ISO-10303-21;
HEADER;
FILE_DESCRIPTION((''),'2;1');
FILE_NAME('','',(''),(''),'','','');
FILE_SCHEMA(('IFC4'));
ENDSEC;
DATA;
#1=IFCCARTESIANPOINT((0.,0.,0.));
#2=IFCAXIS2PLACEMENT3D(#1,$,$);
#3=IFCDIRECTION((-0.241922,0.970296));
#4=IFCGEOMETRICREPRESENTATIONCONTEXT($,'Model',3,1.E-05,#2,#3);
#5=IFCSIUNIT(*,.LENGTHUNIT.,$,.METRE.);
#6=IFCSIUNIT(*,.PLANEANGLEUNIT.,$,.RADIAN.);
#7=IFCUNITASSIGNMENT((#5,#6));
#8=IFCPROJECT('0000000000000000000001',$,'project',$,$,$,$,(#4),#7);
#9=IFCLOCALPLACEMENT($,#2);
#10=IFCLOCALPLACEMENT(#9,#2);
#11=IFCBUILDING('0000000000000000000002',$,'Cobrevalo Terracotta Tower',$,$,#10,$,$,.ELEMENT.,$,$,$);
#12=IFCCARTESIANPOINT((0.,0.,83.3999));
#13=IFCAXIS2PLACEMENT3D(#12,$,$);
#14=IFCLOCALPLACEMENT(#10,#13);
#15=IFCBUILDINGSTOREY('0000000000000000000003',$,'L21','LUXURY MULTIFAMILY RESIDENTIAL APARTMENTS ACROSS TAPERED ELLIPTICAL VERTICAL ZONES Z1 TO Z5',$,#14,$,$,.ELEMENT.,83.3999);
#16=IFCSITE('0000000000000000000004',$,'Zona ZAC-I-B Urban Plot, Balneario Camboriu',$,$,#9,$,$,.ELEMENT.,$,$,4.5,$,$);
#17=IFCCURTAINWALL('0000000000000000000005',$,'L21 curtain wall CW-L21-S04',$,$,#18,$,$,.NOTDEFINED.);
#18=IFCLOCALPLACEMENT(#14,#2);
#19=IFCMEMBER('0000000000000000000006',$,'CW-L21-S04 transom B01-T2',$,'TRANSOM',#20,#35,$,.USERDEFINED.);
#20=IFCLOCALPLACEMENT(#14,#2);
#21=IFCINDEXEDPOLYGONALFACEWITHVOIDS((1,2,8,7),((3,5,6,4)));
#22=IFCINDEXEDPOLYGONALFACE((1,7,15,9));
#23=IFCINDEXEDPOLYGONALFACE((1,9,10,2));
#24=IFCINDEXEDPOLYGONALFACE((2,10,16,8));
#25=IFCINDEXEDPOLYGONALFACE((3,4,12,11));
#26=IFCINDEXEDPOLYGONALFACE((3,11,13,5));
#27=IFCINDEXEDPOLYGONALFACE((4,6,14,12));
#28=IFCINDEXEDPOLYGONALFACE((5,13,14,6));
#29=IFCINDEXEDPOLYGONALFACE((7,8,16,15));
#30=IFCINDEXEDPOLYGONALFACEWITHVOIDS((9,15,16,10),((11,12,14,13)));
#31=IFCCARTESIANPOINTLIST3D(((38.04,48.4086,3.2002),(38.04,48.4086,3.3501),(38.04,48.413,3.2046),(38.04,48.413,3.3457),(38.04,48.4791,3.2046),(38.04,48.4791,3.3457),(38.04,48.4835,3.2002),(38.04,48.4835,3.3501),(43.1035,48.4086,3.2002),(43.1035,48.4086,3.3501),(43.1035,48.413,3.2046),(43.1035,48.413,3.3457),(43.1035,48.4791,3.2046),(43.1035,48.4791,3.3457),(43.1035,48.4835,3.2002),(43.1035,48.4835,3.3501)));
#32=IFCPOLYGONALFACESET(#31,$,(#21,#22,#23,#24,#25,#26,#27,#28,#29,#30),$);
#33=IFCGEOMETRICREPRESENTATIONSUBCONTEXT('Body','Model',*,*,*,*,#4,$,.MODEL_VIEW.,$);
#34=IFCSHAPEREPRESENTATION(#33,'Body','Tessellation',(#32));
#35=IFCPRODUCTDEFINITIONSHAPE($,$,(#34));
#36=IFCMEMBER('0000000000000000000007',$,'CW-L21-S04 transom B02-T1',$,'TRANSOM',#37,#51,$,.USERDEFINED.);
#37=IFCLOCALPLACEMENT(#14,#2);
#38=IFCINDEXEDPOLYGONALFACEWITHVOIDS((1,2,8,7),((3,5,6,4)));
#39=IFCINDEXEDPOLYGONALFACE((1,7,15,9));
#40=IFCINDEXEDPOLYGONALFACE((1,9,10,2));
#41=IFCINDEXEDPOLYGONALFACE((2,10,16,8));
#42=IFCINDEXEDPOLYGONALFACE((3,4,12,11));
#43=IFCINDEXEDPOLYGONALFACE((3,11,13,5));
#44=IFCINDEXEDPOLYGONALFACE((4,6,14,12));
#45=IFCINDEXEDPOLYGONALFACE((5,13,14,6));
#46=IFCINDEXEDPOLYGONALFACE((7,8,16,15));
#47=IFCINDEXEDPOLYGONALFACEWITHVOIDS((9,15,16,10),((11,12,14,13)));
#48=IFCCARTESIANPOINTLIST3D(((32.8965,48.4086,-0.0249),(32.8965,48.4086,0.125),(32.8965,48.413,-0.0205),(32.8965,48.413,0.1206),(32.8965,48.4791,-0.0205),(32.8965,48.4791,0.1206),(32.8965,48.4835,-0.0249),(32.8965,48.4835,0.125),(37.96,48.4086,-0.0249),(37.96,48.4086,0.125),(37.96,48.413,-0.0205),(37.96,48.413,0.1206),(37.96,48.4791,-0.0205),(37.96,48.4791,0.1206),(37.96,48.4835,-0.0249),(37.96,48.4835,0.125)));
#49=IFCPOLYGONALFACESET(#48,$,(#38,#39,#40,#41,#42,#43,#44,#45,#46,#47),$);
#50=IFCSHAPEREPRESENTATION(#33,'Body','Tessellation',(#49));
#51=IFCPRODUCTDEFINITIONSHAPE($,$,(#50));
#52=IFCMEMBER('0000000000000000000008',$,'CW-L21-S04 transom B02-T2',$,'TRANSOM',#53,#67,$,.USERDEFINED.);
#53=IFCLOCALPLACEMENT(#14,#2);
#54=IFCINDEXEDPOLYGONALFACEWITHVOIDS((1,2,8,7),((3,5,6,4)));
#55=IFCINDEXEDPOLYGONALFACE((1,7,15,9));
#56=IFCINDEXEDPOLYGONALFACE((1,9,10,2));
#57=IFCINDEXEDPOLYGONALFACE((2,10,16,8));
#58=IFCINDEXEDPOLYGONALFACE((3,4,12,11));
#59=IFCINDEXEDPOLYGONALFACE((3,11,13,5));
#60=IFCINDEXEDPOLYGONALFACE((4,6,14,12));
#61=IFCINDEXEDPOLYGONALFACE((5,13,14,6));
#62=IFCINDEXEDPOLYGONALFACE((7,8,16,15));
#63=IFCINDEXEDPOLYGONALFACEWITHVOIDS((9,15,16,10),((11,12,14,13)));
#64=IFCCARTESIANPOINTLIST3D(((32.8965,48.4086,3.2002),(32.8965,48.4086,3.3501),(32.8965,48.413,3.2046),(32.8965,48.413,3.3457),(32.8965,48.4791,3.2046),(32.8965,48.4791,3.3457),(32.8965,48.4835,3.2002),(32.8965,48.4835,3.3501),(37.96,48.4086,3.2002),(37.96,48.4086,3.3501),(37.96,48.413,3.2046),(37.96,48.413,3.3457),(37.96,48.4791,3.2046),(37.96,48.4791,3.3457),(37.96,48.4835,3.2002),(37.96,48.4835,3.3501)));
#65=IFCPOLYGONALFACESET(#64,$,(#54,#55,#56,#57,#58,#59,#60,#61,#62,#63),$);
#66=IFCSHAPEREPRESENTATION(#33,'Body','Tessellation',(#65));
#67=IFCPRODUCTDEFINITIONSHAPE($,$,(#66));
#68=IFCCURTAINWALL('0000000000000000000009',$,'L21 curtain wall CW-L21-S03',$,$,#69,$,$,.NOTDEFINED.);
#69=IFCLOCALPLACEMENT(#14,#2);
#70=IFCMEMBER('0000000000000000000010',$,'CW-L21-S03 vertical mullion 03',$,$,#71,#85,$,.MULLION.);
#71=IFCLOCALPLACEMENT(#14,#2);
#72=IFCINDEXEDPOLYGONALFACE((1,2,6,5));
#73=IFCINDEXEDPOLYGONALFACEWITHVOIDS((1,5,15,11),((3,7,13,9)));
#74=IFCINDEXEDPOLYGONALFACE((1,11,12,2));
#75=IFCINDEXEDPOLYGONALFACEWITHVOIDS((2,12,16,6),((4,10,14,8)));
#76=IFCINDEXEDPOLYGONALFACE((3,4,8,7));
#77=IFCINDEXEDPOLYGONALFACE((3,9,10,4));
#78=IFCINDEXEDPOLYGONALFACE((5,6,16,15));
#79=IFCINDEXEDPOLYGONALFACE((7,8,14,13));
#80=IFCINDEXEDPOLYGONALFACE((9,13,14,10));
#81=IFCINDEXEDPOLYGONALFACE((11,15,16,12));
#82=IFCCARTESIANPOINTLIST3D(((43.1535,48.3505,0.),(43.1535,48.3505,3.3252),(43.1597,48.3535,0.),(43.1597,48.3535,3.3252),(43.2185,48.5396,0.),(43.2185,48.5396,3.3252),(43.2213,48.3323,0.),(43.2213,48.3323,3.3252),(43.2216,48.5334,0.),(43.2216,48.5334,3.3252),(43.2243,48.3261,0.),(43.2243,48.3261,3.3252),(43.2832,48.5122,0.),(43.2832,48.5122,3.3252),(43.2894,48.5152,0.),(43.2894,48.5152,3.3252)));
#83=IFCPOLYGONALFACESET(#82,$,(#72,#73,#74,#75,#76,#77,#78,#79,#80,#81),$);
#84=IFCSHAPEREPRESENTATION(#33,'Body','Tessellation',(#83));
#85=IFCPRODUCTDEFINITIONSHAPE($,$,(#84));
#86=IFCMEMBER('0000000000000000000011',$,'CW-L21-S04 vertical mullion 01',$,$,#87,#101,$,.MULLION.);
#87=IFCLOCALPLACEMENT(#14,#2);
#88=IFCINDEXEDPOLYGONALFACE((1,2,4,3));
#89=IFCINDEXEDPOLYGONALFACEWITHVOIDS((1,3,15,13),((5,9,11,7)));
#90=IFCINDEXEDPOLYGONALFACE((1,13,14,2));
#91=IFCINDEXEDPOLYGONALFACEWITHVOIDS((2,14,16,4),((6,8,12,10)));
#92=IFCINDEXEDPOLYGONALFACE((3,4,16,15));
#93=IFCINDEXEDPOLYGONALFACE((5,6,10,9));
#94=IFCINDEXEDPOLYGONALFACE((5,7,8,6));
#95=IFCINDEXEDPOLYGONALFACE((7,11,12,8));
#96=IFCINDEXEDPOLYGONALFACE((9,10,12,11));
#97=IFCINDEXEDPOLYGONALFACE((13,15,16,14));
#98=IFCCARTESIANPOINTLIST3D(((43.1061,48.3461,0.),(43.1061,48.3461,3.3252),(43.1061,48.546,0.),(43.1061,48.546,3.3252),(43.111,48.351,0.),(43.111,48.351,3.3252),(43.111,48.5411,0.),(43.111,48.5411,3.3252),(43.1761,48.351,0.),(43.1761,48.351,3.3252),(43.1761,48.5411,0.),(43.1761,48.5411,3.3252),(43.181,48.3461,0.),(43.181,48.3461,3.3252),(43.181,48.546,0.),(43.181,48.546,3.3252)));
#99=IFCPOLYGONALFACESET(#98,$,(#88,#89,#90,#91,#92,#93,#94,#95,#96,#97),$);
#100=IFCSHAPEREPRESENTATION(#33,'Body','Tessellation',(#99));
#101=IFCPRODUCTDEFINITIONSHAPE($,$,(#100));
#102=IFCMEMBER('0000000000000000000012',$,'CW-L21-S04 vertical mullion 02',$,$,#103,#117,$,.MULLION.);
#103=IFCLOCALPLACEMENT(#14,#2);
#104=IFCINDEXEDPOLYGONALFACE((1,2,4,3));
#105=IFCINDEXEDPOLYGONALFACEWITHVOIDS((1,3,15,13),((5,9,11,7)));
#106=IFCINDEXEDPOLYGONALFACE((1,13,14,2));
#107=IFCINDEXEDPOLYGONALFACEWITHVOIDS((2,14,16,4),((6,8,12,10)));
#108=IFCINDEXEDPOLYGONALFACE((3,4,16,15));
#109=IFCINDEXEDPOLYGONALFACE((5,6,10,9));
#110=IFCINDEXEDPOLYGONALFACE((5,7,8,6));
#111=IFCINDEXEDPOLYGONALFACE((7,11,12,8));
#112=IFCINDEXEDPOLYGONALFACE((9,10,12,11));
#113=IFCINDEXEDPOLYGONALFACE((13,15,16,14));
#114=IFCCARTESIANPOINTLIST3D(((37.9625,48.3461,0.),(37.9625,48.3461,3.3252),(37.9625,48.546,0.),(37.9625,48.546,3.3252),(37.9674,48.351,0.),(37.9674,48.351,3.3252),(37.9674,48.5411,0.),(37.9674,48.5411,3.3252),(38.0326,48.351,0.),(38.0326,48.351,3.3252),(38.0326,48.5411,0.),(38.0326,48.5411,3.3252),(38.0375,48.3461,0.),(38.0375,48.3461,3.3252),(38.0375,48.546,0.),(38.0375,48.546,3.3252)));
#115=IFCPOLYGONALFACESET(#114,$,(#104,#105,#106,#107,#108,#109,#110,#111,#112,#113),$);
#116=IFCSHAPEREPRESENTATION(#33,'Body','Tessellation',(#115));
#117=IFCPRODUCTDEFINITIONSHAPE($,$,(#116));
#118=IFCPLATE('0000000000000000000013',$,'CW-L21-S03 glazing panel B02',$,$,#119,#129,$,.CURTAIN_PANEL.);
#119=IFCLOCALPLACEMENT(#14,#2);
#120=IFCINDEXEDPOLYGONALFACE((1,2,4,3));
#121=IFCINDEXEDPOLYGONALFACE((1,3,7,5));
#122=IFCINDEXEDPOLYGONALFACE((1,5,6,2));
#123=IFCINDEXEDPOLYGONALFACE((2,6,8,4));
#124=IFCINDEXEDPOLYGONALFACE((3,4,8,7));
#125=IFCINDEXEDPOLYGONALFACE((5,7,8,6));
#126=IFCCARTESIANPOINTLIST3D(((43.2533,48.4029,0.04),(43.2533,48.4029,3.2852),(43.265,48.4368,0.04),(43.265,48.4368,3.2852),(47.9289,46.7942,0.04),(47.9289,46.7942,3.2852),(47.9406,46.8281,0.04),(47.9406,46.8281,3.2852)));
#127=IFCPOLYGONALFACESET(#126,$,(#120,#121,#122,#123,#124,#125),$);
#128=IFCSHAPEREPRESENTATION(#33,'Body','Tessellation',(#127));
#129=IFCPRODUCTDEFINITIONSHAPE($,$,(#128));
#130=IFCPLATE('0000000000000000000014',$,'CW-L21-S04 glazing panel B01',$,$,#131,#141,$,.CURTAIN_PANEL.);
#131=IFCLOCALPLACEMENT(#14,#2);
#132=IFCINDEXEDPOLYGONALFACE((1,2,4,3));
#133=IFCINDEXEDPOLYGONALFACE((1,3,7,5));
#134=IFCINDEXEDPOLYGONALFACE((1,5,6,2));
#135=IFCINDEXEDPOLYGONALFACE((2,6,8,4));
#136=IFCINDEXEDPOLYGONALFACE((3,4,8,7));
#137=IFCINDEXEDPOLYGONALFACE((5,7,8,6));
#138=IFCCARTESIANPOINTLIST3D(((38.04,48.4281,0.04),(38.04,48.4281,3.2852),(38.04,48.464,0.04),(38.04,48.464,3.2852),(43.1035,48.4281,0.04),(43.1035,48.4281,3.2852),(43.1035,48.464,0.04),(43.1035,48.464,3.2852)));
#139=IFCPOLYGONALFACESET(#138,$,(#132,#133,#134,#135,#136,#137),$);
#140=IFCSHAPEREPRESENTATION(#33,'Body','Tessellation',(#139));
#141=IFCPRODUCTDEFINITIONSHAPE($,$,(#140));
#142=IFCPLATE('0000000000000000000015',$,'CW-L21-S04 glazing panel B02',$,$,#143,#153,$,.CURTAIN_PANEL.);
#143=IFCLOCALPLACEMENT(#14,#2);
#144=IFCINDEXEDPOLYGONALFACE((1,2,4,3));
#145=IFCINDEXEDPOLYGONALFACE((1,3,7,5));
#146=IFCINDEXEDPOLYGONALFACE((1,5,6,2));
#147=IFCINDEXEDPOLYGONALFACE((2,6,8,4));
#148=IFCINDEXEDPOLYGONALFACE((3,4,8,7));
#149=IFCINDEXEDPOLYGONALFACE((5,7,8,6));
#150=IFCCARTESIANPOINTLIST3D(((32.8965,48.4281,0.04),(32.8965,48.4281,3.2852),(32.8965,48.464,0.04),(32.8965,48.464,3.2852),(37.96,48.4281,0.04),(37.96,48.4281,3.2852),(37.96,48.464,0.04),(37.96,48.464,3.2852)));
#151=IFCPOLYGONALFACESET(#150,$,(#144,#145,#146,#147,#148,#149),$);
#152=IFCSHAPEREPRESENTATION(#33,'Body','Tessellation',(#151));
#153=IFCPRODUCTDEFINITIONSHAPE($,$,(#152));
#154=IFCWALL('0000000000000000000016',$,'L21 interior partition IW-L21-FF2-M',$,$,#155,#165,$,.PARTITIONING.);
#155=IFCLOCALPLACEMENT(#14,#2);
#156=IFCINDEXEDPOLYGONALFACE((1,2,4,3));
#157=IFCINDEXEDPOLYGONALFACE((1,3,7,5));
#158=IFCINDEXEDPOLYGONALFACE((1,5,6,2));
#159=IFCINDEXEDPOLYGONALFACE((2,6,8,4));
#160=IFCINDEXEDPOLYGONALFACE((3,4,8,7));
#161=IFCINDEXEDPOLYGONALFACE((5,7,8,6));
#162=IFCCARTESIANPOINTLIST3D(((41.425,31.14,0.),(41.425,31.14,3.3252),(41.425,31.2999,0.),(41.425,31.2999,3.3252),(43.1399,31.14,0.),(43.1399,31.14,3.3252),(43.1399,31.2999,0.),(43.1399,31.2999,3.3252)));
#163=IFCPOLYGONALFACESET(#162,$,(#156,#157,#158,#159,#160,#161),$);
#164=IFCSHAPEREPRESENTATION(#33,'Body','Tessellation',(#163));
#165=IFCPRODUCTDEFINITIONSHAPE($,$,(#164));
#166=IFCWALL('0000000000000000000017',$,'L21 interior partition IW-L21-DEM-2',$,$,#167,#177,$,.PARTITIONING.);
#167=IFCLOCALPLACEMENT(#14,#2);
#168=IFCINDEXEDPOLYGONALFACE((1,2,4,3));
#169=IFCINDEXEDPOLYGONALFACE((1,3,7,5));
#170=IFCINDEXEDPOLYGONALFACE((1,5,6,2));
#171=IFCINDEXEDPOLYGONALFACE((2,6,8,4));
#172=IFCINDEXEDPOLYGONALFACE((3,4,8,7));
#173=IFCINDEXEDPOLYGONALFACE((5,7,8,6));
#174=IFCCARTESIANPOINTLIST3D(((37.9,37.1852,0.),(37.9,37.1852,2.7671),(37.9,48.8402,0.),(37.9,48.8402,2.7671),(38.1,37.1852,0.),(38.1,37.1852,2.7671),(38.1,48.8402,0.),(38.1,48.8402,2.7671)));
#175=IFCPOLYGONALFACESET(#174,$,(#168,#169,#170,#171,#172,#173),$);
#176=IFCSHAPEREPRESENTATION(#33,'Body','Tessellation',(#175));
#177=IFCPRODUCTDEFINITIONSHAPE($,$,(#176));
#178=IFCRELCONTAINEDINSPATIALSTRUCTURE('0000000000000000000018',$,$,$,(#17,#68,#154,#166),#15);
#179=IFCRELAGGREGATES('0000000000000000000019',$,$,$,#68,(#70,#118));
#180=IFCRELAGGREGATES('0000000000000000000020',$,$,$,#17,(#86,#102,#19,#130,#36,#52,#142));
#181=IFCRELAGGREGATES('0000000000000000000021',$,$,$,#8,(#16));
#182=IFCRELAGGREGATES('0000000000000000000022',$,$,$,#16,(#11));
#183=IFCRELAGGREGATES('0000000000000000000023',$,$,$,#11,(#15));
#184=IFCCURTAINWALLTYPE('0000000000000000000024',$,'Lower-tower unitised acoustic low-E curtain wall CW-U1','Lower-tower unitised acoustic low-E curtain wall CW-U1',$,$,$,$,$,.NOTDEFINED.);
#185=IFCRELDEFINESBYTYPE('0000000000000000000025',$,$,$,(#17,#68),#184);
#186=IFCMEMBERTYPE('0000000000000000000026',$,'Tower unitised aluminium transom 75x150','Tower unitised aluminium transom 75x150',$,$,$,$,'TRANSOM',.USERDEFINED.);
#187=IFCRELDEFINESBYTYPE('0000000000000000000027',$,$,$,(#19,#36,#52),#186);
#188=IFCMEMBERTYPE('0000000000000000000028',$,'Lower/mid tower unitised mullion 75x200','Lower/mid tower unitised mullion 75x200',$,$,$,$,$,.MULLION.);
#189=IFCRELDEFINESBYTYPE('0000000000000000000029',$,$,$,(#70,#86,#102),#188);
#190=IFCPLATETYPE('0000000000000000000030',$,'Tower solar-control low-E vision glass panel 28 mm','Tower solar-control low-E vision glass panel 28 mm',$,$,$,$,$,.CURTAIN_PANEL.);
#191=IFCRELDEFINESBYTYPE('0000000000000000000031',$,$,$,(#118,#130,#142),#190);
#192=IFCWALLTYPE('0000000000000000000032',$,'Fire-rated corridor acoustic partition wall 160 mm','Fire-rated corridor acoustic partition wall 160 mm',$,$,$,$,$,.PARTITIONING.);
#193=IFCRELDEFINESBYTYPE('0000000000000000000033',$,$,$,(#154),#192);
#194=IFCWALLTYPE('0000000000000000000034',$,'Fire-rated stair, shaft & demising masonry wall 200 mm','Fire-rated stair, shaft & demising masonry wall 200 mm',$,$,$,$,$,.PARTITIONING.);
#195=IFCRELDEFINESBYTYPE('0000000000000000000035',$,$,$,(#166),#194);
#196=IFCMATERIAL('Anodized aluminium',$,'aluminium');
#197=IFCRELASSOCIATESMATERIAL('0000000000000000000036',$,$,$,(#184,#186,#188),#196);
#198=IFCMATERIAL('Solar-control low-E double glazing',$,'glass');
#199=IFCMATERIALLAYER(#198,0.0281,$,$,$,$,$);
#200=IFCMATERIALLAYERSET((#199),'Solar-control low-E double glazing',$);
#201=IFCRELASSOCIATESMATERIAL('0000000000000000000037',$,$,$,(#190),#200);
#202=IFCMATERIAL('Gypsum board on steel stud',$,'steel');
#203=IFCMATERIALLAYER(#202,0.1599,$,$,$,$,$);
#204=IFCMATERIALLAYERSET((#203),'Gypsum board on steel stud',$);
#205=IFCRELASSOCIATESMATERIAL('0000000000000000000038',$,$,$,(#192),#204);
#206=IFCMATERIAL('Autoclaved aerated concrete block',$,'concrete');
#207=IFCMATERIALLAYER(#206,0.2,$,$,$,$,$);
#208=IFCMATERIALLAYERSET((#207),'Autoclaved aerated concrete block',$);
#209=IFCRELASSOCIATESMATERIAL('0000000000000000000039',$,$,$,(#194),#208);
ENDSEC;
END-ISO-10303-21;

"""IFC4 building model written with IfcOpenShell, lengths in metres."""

from ifc_helpers import new_model, si_unit, direction, frame, frame_2d, origin, origin_2d, place, context, subcontext, project, spatial, rectangle, hollow_rectangle, extrude, source, transform, mapped, material, layer, layer_set, material_profile, profile_set, type_object, element, aggregate, save


model = new_model("IFC4")

# Units and contexts
model_context = context("Model", 3, precision=1e-05, world=origin(), true_north=direction((-0.241922, 0.970296)))
body_context = subcontext(model_context, "Body", "Model", "MODEL_VIEW")
ifc_project = project(units=[si_unit("LENGTHUNIT", "METRE"), si_unit("PLANEANGLEUNIT", "RADIAN")], contexts=[model_context])

# Site, building, storey
site_placement = place(None, origin())
site = spatial("IfcSite", under=ifc_project, at=site_placement, Name="Zona ZAC-I-B Urban Plot, Balneario Camboriu", CompositionType="ELEMENT", RefElevation=4.5)
building_placement = place(site_placement, origin())
building = spatial("IfcBuilding", under=site, at=building_placement, Name="Cobrevalo Terracotta Tower", CompositionType="ELEMENT")
storey_placement = place(building_placement, frame((0.0, 0.0, 83.3999)))
storey = spatial("IfcBuildingStorey", under=building, at=storey_placement, Name="L21", Description="LUXURY MULTIFAMILY RESIDENTIAL APARTMENTS ACROSS TAPERED ELLIPTICAL VERTICAL ZONES Z1 TO Z5", CompositionType="ELEMENT", Elevation=83.3999)

# Curtain wall, members
ifc_material_1 = material(Name="Anodized aluminium", Category="aluminium")
curtain_wall_type = type_object("IfcCurtainWallType", Name="Lower-tower unitised acoustic low-E curtain wall CW-U1", Description="Lower-tower unitised acoustic low-E curtain wall CW-U1", PredefinedType="NOTDEFINED", material=ifc_material_1)
curtain_wall_1_placement = place(storey_placement, origin())
curtain_wall_1 = element("IfcCurtainWall", 1, at=curtain_wall_1_placement, inside=storey, type_object=curtain_wall_type, Name="L21 curtain wall CW-L21-S04", PredefinedType="NOTDEFINED")
ifc_material_profile_1 = material_profile(ifc_material_1, hollow_rectangle(XDim=0.075, YDim=0.1499, WallThickness=0.0044, at=origin_2d()), Name="CWT 75x150")
ifc_profile_set_1 = profile_set([ifc_material_profile_1], Name="Anodized aluminium")
member_type_1 = type_object("IfcMemberType", Name="Tower unitised aluminium transom 75x150", Description="Tower unitised aluminium transom 75x150", ElementType="TRANSOM", PredefinedType="USERDEFINED", material=ifc_profile_set_1)
shared_shape_1 = source(origin(), body_context, "Body", "SweptSolid", [
    extrude(hollow_rectangle(XDim=0.075, YDim=0.1499, WallThickness=0.0044, at=origin_2d()), origin(), (0.0, 0.0, 1.0), 5.0635),
])
member_1_placement = place(storey_placement, frame((43.1035, 48.446, 3.2751), z_axis=(-1.0, 0.0, 0.0), x_axis=(0.0, -1.0, 0.0)))
member_1 = element("IfcMember", 2, at=member_1_placement, type_object=member_type_1, Name="CW-L21-S04 transom B01-T2", ObjectType="TRANSOM", PredefinedType="USERDEFINED", context=body_context, shape_type="MappedRepresentation", body=[
    mapped(shared_shape_1, transform((0.0, 0.0, 0.0), scale=1.0)),
])
member_2_placement = place(storey_placement, frame((37.96, 48.446, 0.05), z_axis=(-1.0, 0.0, 0.0), x_axis=(0.0, -1.0, 0.0)))
member_2 = element("IfcMember", 3, at=member_2_placement, type_object=member_type_1, Name="CW-L21-S04 transom B02-T1", ObjectType="TRANSOM", PredefinedType="USERDEFINED", context=body_context, shape_type="MappedRepresentation", body=[
    mapped(shared_shape_1, transform((0.0, 0.0, 0.0), scale=1.0)),
])
member_3_placement = place(storey_placement, frame((37.96, 48.446, 3.2751), z_axis=(-1.0, 0.0, 0.0), x_axis=(0.0, -1.0, 0.0)))
member_3 = element("IfcMember", 4, at=member_3_placement, type_object=member_type_1, Name="CW-L21-S04 transom B02-T2", ObjectType="TRANSOM", PredefinedType="USERDEFINED", context=body_context, shape_type="MappedRepresentation", body=[
    mapped(shared_shape_1, transform((0.0, 0.0, 0.0), scale=1.0)),
])

# Curtain wall, member
curtain_wall_2_placement = place(storey_placement, origin())
curtain_wall_2 = element("IfcCurtainWall", 5, at=curtain_wall_2_placement, inside=storey, type_object=curtain_wall_type, Name="L21 curtain wall CW-L21-S03", PredefinedType="NOTDEFINED")
ifc_material_profile_2 = material_profile(ifc_material_1, hollow_rectangle(XDim=0.075, YDim=0.2, WallThickness=0.0049, at=origin_2d()), Name="CWM 75x200")
ifc_profile_set_2 = profile_set([ifc_material_profile_2], Name="Anodized aluminium")
member_type_2 = type_object("IfcMemberType", Name="Lower/mid tower unitised mullion 75x200", Description="Lower/mid tower unitised mullion 75x200", PredefinedType="MULLION", material=ifc_profile_set_2)
shared_shape_2 = source(origin(), body_context, "Body", "SweptSolid", [
    extrude(hollow_rectangle(XDim=0.075, YDim=0.2, WallThickness=0.0049, at=origin_2d()), origin(), (0.0, 0.0, 1.0), 3.3252),
])
member_4_placement = place(storey_placement, frame((43.2214, 48.4329, 0.0), z_axis=(0.0, 0.0, 1.0), x_axis=(-0.945598, 0.325337, 0.0)))
member_4 = element("IfcMember", 6, at=member_4_placement, type_object=member_type_2, Name="CW-L21-S03 vertical mullion 03", PredefinedType="MULLION", context=body_context, shape_type="MappedRepresentation", body=[
    mapped(shared_shape_2, transform((0.0, 0.0, 0.0), scale=1.0)),
])

# Members
member_5_placement = place(storey_placement, frame((43.1436, 48.446, 0.0), z_axis=(0.0, 0.0, 1.0), x_axis=(-1.0, 0.0, 0.0)))
member_5 = element("IfcMember", 7, at=member_5_placement, type_object=member_type_2, Name="CW-L21-S04 vertical mullion 01", PredefinedType="MULLION", context=body_context, shape_type="MappedRepresentation", body=[
    mapped(shared_shape_2, transform((0.0, 0.0, 0.0), scale=1.0)),
])
member_6_placement = place(storey_placement, frame((38.0, 48.446, 0.0), z_axis=(0.0, 0.0, 1.0), x_axis=(-1.0, 0.0, 0.0)))
member_6 = element("IfcMember", 8, at=member_6_placement, type_object=member_type_2, Name="CW-L21-S04 vertical mullion 02", PredefinedType="MULLION", context=body_context, shape_type="MappedRepresentation", body=[
    mapped(shared_shape_2, transform((0.0, 0.0, 0.0), scale=1.0)),
])

# Plates
ifc_material_2 = material(Name="Solar-control low-E double glazing", Category="glass")
ifc_layer_1 = layer(ifc_material_2, 0.0281)
ifc_layer_set_1 = layer_set([ifc_layer_1], Name="Solar-control low-E double glazing")
plate_type = type_object("IfcPlateType", Name="Tower solar-control low-E vision glass panel 28 mm", Description="Tower solar-control low-E vision glass panel 28 mm", PredefinedType="CURTAIN_PANEL", material=ifc_layer_set_1)
shared_shape_3 = source(origin(), body_context, "Body", "SweptSolid", [
    extrude(rectangle(XDim=4.9446, YDim=0.0359, at=origin_2d()), origin(), (0.0, 0.0, 1.0), 3.2451),
])
plate_1_placement = place(storey_placement, frame((45.5969, 47.6155, 0.04), z_axis=(0.0, 0.0, 1.0), x_axis=(-0.945596, 0.325342, 0.0)))
plate_1 = element("IfcPlate", 9, at=plate_1_placement, type_object=plate_type, Name="CW-L21-S03 glazing panel B02", PredefinedType="CURTAIN_PANEL", context=body_context, shape_type="MappedRepresentation", body=[
    mapped(shared_shape_3, transform((0.0, 0.0, 0.0), scale=1.0)),
])
aggregate(curtain_wall_2, [member_4, plate_1])
shared_shape_4 = source(origin(), body_context, "Body", "SweptSolid", [
    extrude(rectangle(XDim=5.0635, YDim=0.0359, at=origin_2d()), origin(), (0.0, 0.0, 1.0), 3.2451),
])
plate_2_placement = place(storey_placement, frame((40.5718, 48.446, 0.04), z_axis=(0.0, 0.0, 1.0), x_axis=(-1.0, 0.0, 0.0)))
plate_2 = element("IfcPlate", 10, at=plate_2_placement, type_object=plate_type, Name="CW-L21-S04 glazing panel B01", PredefinedType="CURTAIN_PANEL", context=body_context, shape_type="MappedRepresentation", body=[
    mapped(shared_shape_4, transform((0.0, 0.0, 0.0), scale=1.0)),
])
plate_3_placement = place(storey_placement, frame((35.4282, 48.446, 0.04), z_axis=(0.0, 0.0, 1.0), x_axis=(-1.0, 0.0, 0.0)))
plate_3 = element("IfcPlate", 11, at=plate_3_placement, type_object=plate_type, Name="CW-L21-S04 glazing panel B02", PredefinedType="CURTAIN_PANEL", context=body_context, shape_type="MappedRepresentation", body=[
    mapped(shared_shape_4, transform((0.0, 0.0, 0.0), scale=1.0)),
])
aggregate(curtain_wall_1, [member_5, member_6, member_1, plate_2, member_2, member_3, plate_3])

# Walls
ifc_material_3 = material(Name="Gypsum board on steel stud", Category="steel")
ifc_layer_2 = layer(ifc_material_3, 0.1599)
ifc_layer_set_2 = layer_set([ifc_layer_2], Name="Gypsum board on steel stud")
wall_type_1 = type_object("IfcWallType", Name="Fire-rated corridor acoustic partition wall 160 mm", Description="Fire-rated corridor acoustic partition wall 160 mm", PredefinedType="PARTITIONING", material=ifc_layer_set_2)
wall_1_placement = place(storey_placement, frame((41.425, 31.22, 0.0), z_axis=(0.0, 0.0, 1.0), x_axis=(1.0, 0.0, 0.0)))
element("IfcWall", 12, at=wall_1_placement, inside=storey, type_object=wall_type_1, Name="L21 interior partition IW-L21-FF2-M", PredefinedType="PARTITIONING", context=body_context, shape_type="SweptSolid", body=[
    extrude(rectangle(XDim=1.7148, YDim=0.1599, at=frame_2d((0.8574, 0.0))), origin(), (0.0, 0.0, 1.0), 3.3252),
])
ifc_material_4 = material(Name="Autoclaved aerated concrete block", Category="concrete")
ifc_layer_3 = layer(ifc_material_4, 0.2)
ifc_layer_set_3 = layer_set([ifc_layer_3], Name="Autoclaved aerated concrete block")
wall_type_2 = type_object("IfcWallType", Name="Fire-rated stair, shaft & demising masonry wall 200 mm", Description="Fire-rated stair, shaft & demising masonry wall 200 mm", PredefinedType="PARTITIONING", material=ifc_layer_set_3)
wall_2_placement = place(storey_placement, frame((38.0, 37.1851, 0.0), z_axis=(0.0, 0.0, 1.0), x_axis=(0.0, 1.0, 0.0)))
element("IfcWall", 13, at=wall_2_placement, inside=storey, type_object=wall_type_2, Name="L21 interior partition IW-L21-DEM-2", PredefinedType="PARTITIONING", context=body_context, shape_type="SweptSolid", body=[
    extrude(rectangle(XDim=11.655, YDim=0.2, at=frame_2d((5.8276, 0.0))), origin(), (0.0, 0.0, 1.0), 2.7671),
])

save(model, "model.ifc")
